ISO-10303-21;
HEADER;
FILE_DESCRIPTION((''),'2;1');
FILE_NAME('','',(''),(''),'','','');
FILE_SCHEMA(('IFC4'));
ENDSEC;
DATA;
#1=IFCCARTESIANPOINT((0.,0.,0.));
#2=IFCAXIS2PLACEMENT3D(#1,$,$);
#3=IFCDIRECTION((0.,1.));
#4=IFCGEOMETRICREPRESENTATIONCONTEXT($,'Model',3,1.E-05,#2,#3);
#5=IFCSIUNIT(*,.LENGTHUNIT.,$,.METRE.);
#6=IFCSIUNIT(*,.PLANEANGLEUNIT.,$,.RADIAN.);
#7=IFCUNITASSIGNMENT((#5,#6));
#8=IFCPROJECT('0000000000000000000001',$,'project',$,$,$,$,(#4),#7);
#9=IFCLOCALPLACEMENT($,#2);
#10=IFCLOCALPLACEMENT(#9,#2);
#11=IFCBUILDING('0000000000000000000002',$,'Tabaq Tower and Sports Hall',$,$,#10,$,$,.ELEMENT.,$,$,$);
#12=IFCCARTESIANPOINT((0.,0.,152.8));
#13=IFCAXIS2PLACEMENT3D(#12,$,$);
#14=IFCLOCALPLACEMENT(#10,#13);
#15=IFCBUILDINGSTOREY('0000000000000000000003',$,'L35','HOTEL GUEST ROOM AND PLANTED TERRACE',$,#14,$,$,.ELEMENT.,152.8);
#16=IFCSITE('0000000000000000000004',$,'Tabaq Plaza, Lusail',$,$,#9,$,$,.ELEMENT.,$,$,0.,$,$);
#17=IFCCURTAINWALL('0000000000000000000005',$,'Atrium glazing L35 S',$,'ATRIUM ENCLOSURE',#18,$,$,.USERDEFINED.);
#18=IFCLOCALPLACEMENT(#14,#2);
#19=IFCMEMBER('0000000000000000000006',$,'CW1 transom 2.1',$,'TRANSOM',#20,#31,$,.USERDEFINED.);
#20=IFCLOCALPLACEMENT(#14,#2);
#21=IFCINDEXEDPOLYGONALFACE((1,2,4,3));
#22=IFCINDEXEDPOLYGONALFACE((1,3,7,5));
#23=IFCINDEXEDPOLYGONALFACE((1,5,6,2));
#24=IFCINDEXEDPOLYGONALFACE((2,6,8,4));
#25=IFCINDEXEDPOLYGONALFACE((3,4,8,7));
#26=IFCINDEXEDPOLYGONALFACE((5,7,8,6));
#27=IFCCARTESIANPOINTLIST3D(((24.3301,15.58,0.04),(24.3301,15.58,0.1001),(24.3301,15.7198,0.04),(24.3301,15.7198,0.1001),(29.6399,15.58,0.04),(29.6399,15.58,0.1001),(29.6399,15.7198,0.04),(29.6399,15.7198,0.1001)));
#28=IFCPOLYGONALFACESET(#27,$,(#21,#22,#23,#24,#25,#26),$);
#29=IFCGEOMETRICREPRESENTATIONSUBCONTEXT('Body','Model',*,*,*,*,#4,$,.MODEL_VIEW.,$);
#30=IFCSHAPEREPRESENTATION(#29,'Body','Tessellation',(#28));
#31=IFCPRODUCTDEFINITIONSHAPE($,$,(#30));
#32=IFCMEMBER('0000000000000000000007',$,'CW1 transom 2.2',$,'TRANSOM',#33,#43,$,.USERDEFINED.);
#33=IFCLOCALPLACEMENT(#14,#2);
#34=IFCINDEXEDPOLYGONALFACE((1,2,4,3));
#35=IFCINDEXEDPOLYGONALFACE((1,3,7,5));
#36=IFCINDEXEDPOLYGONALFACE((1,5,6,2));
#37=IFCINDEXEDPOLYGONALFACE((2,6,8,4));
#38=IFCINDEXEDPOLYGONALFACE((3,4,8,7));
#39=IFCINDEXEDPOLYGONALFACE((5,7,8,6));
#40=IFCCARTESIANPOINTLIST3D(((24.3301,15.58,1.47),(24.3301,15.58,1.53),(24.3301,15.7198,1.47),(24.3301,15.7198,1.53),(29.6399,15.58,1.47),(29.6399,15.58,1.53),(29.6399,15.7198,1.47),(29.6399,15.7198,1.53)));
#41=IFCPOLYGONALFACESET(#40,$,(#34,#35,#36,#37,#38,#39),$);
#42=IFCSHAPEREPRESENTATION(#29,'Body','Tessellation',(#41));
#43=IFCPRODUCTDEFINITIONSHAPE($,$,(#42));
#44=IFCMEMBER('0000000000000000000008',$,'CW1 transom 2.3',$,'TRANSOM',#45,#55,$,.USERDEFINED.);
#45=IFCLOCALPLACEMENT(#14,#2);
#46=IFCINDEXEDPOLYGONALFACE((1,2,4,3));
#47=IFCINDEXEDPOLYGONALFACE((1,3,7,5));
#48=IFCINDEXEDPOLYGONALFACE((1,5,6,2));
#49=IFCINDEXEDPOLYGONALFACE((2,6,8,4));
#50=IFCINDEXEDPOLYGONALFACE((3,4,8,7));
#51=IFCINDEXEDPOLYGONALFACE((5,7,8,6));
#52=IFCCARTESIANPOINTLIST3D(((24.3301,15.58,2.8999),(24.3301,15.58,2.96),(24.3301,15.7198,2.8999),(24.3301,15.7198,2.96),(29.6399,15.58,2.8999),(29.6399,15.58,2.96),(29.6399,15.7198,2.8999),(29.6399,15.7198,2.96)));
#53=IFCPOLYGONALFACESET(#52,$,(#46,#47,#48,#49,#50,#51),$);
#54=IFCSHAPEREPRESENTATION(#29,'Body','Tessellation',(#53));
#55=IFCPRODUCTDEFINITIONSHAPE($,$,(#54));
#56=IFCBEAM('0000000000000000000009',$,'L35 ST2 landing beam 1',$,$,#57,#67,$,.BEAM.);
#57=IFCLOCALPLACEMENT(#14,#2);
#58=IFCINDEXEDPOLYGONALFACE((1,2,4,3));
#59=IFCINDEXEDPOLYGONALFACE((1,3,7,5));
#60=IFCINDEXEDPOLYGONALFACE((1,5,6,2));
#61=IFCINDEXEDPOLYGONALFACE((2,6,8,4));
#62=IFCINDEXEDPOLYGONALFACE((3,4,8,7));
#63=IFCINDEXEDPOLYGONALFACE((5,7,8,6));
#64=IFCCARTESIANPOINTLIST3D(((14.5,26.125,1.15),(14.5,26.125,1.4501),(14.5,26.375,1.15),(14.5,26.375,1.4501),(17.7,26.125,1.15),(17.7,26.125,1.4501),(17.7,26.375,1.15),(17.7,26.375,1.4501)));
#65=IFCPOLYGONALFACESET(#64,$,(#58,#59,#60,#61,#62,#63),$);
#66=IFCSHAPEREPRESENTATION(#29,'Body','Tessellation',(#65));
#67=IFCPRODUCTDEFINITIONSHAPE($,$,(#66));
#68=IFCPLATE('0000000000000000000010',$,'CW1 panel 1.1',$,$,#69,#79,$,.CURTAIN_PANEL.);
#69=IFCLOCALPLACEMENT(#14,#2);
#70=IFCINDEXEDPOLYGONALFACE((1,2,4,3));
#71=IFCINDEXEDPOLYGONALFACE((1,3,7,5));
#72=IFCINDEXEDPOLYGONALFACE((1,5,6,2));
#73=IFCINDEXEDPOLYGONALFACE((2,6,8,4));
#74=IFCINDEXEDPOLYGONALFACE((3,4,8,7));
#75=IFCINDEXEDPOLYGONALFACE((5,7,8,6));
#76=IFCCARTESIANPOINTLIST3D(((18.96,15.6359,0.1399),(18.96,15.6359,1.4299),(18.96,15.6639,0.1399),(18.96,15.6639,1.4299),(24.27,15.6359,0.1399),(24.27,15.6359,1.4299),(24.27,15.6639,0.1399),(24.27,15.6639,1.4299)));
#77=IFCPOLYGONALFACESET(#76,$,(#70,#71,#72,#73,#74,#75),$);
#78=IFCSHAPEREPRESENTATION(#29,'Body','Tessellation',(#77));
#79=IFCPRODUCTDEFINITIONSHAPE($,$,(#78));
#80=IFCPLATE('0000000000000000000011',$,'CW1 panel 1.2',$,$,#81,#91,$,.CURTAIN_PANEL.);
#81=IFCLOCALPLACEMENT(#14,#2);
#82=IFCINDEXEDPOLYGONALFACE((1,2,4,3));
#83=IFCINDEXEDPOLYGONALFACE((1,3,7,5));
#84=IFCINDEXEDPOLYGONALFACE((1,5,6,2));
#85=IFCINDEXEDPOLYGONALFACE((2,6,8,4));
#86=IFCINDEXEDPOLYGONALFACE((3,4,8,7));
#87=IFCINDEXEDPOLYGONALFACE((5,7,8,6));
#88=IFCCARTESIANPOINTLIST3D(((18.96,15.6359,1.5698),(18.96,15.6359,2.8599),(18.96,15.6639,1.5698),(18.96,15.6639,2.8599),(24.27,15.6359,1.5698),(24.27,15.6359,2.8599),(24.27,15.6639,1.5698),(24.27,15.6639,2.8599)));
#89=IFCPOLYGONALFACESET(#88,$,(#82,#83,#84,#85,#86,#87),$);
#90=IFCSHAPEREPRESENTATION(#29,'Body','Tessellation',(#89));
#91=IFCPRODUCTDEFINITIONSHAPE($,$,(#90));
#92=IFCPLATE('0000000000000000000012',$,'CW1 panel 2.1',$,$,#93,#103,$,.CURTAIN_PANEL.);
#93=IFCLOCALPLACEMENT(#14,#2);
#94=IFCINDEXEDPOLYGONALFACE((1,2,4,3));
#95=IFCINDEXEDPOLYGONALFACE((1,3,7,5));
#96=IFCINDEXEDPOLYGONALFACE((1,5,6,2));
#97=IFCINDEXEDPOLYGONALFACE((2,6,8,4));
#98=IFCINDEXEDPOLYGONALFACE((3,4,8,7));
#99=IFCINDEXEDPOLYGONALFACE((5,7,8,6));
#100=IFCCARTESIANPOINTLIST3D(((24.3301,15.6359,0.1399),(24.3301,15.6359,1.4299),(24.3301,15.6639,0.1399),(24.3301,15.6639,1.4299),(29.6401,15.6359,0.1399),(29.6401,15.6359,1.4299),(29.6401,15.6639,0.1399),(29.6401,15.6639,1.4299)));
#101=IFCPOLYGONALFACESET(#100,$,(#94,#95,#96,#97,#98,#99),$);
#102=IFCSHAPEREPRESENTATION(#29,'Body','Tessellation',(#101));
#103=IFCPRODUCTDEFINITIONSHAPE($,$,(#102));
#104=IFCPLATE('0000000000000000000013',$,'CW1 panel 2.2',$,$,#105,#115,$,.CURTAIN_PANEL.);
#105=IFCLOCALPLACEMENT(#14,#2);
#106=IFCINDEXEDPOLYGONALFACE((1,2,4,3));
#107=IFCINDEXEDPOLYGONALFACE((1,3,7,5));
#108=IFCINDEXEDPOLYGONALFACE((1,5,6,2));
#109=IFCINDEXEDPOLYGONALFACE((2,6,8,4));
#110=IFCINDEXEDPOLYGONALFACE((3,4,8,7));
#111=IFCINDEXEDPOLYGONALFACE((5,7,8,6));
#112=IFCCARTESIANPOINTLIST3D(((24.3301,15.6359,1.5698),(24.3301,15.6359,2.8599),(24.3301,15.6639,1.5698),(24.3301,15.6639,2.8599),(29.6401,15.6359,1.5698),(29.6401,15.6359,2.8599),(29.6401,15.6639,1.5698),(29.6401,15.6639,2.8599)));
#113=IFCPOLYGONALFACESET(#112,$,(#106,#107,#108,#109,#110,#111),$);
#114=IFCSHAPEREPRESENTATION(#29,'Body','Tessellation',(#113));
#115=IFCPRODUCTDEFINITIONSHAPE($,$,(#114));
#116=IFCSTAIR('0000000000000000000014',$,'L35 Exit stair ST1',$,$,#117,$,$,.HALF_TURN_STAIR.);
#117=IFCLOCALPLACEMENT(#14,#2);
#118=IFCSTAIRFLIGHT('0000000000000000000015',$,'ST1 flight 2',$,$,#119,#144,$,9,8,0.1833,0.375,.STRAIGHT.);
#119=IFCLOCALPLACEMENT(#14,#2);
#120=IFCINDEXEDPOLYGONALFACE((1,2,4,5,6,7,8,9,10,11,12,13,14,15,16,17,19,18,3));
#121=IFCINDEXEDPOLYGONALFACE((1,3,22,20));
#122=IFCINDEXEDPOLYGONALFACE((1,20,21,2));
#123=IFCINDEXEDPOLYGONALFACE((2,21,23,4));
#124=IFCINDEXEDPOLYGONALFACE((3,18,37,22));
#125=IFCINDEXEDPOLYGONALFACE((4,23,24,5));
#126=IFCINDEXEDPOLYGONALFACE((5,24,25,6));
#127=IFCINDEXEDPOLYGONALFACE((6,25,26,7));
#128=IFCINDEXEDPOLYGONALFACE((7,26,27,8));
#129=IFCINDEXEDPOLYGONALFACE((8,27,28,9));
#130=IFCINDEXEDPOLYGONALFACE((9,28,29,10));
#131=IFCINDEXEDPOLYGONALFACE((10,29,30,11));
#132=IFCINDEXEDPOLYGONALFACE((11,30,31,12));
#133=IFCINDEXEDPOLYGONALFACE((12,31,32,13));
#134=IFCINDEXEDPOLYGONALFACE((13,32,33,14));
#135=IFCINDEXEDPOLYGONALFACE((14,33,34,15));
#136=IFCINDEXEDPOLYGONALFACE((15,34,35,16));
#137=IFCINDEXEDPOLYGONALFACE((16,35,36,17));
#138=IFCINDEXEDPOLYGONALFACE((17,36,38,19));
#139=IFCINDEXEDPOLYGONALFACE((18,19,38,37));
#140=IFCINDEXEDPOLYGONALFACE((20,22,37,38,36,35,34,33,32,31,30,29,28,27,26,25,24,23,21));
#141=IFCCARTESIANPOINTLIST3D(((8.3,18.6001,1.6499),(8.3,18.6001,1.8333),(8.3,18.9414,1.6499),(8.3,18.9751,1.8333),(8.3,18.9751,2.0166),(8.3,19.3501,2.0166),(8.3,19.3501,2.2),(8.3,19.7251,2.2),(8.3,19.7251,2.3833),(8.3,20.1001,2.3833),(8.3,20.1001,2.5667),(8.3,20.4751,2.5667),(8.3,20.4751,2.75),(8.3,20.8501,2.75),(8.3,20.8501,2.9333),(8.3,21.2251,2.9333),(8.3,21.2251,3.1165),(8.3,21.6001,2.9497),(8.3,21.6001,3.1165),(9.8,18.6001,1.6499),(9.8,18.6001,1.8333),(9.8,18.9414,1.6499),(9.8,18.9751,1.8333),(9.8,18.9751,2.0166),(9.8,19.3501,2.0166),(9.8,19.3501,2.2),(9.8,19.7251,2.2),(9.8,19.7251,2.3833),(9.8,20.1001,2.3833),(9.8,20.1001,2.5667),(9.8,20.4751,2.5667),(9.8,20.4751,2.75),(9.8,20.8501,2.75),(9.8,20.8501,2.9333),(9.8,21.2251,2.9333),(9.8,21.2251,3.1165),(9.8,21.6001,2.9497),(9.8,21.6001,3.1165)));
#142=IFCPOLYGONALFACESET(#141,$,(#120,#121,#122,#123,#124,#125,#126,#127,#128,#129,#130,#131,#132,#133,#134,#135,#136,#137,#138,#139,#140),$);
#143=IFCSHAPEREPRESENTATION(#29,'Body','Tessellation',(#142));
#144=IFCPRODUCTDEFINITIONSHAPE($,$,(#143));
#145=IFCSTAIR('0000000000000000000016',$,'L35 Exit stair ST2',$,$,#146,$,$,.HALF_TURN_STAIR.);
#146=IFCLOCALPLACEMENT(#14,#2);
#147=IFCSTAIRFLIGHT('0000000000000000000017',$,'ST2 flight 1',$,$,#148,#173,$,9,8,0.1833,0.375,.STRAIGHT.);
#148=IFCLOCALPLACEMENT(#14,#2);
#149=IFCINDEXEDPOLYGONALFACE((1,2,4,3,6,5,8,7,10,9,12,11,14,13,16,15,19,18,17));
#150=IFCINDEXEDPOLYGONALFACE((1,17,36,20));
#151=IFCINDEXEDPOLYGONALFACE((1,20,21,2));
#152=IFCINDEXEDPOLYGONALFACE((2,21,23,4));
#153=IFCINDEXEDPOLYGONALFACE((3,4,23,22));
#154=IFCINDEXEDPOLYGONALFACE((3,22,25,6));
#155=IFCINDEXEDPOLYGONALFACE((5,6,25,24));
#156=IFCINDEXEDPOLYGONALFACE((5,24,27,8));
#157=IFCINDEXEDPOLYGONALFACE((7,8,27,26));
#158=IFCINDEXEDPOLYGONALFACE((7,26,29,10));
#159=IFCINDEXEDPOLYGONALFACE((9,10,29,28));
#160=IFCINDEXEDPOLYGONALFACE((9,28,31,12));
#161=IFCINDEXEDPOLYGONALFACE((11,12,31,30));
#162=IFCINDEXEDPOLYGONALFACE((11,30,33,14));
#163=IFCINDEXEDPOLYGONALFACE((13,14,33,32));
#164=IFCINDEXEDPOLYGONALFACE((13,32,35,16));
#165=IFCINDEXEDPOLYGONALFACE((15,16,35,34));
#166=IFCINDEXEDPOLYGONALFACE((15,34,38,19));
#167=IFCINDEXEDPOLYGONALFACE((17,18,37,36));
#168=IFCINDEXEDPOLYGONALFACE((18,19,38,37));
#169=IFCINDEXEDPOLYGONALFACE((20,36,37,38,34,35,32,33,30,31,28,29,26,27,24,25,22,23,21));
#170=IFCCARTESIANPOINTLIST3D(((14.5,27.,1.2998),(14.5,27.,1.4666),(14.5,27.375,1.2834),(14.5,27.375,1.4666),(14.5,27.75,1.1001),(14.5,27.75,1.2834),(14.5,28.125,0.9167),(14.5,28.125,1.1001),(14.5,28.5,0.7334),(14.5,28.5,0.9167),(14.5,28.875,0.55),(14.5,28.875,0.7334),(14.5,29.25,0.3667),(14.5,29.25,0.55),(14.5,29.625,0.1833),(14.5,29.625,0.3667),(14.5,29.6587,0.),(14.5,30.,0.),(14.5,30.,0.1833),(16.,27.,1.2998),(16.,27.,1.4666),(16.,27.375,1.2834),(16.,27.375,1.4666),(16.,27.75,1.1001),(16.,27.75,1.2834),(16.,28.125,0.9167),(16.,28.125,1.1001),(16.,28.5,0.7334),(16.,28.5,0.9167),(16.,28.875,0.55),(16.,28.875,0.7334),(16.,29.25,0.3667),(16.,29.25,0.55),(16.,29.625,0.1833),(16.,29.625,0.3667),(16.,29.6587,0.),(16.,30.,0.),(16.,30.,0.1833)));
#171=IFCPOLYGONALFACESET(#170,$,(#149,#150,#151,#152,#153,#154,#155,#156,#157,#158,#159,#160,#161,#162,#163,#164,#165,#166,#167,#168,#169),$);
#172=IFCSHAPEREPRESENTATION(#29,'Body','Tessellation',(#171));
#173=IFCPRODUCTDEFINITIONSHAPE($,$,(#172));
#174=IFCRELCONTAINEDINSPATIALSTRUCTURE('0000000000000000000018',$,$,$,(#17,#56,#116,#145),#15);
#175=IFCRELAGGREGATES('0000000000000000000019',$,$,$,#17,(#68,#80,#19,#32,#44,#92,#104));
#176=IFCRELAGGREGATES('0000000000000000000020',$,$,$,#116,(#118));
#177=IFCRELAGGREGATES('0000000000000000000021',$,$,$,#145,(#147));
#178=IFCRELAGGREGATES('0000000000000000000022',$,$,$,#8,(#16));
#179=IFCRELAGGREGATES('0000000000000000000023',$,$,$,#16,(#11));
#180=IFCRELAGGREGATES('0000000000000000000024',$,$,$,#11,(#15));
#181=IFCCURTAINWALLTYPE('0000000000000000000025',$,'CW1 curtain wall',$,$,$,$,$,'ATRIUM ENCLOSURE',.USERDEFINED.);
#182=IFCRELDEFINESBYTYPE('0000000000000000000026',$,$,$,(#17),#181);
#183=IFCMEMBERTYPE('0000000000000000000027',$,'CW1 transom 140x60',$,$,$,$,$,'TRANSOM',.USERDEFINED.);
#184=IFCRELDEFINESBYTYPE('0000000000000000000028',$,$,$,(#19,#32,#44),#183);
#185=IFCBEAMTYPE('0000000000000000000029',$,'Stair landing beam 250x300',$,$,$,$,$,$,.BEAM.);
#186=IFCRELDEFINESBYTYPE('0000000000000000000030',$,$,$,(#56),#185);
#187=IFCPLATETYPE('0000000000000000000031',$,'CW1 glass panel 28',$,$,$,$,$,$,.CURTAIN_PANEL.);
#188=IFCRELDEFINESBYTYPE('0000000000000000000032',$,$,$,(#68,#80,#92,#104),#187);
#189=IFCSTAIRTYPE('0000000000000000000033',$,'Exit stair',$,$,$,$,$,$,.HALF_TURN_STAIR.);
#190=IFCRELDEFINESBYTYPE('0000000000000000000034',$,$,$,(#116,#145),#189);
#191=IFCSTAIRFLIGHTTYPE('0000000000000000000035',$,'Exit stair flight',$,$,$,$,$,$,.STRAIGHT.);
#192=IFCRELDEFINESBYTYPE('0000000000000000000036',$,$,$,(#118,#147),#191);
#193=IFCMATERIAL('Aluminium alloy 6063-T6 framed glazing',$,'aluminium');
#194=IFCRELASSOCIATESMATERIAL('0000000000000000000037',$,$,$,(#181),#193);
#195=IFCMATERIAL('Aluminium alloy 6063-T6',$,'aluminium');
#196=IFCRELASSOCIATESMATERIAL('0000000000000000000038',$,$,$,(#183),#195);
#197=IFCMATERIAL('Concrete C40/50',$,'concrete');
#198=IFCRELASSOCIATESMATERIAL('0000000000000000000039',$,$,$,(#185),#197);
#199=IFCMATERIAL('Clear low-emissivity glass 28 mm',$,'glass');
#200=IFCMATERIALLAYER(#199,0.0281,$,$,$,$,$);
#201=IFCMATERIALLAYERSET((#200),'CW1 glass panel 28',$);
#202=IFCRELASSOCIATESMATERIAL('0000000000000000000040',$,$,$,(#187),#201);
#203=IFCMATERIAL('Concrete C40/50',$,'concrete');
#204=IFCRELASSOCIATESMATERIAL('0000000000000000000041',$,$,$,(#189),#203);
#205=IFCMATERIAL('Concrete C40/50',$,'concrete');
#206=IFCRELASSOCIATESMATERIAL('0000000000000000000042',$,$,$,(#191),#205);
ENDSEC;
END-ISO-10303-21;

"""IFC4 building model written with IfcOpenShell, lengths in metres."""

from ifc_helpers import new_model, si_unit, direction, frame, origin, origin_2d, place, context, subcontext, project, spatial, polyline, rectangle, outline, extrude, material, layer, layer_set, material_profile, profile_set, type_object, element, aggregate, save


model = new_model("IFC4")

# Units and contexts
model_context = context("Model", 3, precision=1e-05, world=origin(), true_north=direction((0.0, 1.0)))
body_context = subcontext(model_context, "Body", "Model", "MODEL_VIEW")
ifc_project = project(units=[si_unit("LENGTHUNIT", "METRE"), si_unit("PLANEANGLEUNIT", "RADIAN")], contexts=[model_context])

# Site, building, storey
site_placement = place(None, origin())
site = spatial("IfcSite", under=ifc_project, at=site_placement, Name="Tabaq Plaza, Lusail", CompositionType="ELEMENT", RefElevation=0.0)
building_placement = place(site_placement, origin())
building = spatial("IfcBuilding", under=site, at=building_placement, Name="Tabaq Tower and Sports Hall", CompositionType="ELEMENT")
storey_placement = place(building_placement, frame((0.0, 0.0, 152.8)))
storey = spatial("IfcBuildingStorey", under=building, at=storey_placement, Name="L35", Description="HOTEL GUEST ROOM AND PLANTED TERRACE", CompositionType="ELEMENT", Elevation=152.8)

# Curtain wall, members
ifc_material_1 = material(Name="Aluminium alloy 6063-T6 framed glazing", Category="aluminium")
curtain_wall_type = type_object("IfcCurtainWallType", Name="CW1 curtain wall", ElementType="ATRIUM ENCLOSURE", PredefinedType="USERDEFINED", material=ifc_material_1)
curtain_wall_placement = place(storey_placement, origin())
curtain_wall = element("IfcCurtainWall", 1, at=curtain_wall_placement, inside=storey, type_object=curtain_wall_type, Name="Atrium glazing L35 S", ObjectType="ATRIUM ENCLOSURE", PredefinedType="USERDEFINED")
ifc_material_2 = material(Name="Aluminium alloy 6063-T6", Category="aluminium")
ifc_material_profile_1 = material_profile(ifc_material_2, rectangle(XDim=0.1399, YDim=0.0601, at=origin_2d()), Name="TRANSOM 140x60")
ifc_profile_set_1 = profile_set([ifc_material_profile_1], Name="Aluminium alloy 6063-T6")
member_type = type_object("IfcMemberType", Name="CW1 transom 140x60", ElementType="TRANSOM", PredefinedType="USERDEFINED", material=ifc_profile_set_1)
member_1_placement = place(storey_placement, frame((24.3301, 15.6499, 0.0701), z_axis=(1.0, 0.0, 0.0), x_axis=(0.0, 1.0, 0.0)))
member_1 = element("IfcMember", 2, at=member_1_placement, type_object=member_type, Name="CW1 transom 2.1", ObjectType="TRANSOM", PredefinedType="USERDEFINED", context=body_context, shape_type="SweptSolid", body=[
    extrude(rectangle(XDim=0.1399, YDim=0.0601, at=origin_2d()), origin(), (0.0, 0.0, 1.0), 5.3098),
])
member_2_placement = place(storey_placement, frame((24.3301, 15.6499, 1.5), z_axis=(1.0, 0.0, 0.0), x_axis=(0.0, 1.0, 0.0)))
member_2 = element("IfcMember", 3, at=member_2_placement, type_object=member_type, Name="CW1 transom 2.2", ObjectType="TRANSOM", PredefinedType="USERDEFINED", context=body_context, shape_type="SweptSolid", body=[
    extrude(rectangle(XDim=0.1399, YDim=0.0601, at=origin_2d()), origin(), (0.0, 0.0, 1.0), 5.3098),
])
member_3_placement = place(storey_placement, frame((24.3301, 15.6499, 2.9299), z_axis=(1.0, 0.0, 0.0), x_axis=(0.0, 1.0, 0.0)))
member_3 = element("IfcMember", 4, at=member_3_placement, type_object=member_type, Name="CW1 transom 2.3", ObjectType="TRANSOM", PredefinedType="USERDEFINED", context=body_context, shape_type="SweptSolid", body=[
    extrude(rectangle(XDim=0.1399, YDim=0.0601, at=origin_2d()), origin(), (0.0, 0.0, 1.0), 5.3098),
])

# Beam
ifc_material_3 = material(Name="Concrete C40/50", Category="concrete")
ifc_material_profile_2 = material_profile(ifc_material_3, rectangle(XDim=0.25, YDim=0.3, at=origin_2d()), Name="RC 250x300")
ifc_profile_set_2 = profile_set([ifc_material_profile_2], Name="Concrete C40/50")
beam_type = type_object("IfcBeamType", Name="Stair landing beam 250x300", PredefinedType="BEAM", material=ifc_profile_set_2)
beam_placement = place(storey_placement, frame((14.5, 26.25, 1.3), z_axis=(1.0, 0.0, 0.0), x_axis=(0.0, 1.0, 0.0)))
element("IfcBeam", 5, at=beam_placement, inside=storey, type_object=beam_type, Name="L35 ST2 landing beam 1", PredefinedType="BEAM", context=body_context, shape_type="SweptSolid", body=[
    extrude(rectangle(XDim=0.25, YDim=0.3, at=origin_2d()), origin(), (0.0, 0.0, 1.0), 3.2),
])

# Plates
ifc_material_4 = material(Name="Clear low-emissivity glass 28 mm", Category="glass")
ifc_layer_1 = layer(ifc_material_4, 0.0281)
ifc_layer_set_1 = layer_set([ifc_layer_1], Name="CW1 glass panel 28")
plate_type_1 = type_object("IfcPlateType", Name="CW1 glass panel 28", PredefinedType="CURTAIN_PANEL", material=ifc_layer_set_1)
plate_1_placement = place(storey_placement, frame((21.615, 15.6499, 0.1399), z_axis=(0.0, 0.0, 1.0), x_axis=(1.0, 0.0, 0.0)))
plate_1 = element("IfcPlate", 6, at=plate_1_placement, type_object=plate_type_1, Name="CW1 panel 1.1", PredefinedType="CURTAIN_PANEL", context=body_context, shape_type="SweptSolid", body=[
    extrude(rectangle(XDim=5.3101, YDim=0.0281, at=origin_2d()), origin(), (0.0, 0.0, 1.0), 1.29),
])
plate_2_placement = place(storey_placement, frame((21.615, 15.6499, 1.5698), z_axis=(0.0, 0.0, 1.0), x_axis=(1.0, 0.0, 0.0)))
plate_2 = element("IfcPlate", 7, at=plate_2_placement, type_object=plate_type_1, Name="CW1 panel 1.2", PredefinedType="CURTAIN_PANEL", context=body_context, shape_type="SweptSolid", body=[
    extrude(rectangle(XDim=5.3101, YDim=0.0281, at=origin_2d()), origin(), (0.0, 0.0, 1.0), 1.29),
])
plate_3_placement = place(storey_placement, frame((26.9851, 15.6499, 0.1399), z_axis=(0.0, 0.0, 1.0), x_axis=(1.0, 0.0, 0.0)))
plate_3 = element("IfcPlate", 8, at=plate_3_placement, type_object=plate_type_1, Name="CW1 panel 2.1", PredefinedType="CURTAIN_PANEL", context=body_context, shape_type="SweptSolid", body=[
    extrude(rectangle(XDim=5.3101, YDim=0.0281, at=origin_2d()), origin(), (0.0, 0.0, 1.0), 1.29),
])
plate_4_placement = place(storey_placement, frame((26.9851, 15.6499, 1.5698), z_axis=(0.0, 0.0, 1.0), x_axis=(1.0, 0.0, 0.0)))
plate_4 = element("IfcPlate", 9, at=plate_4_placement, type_object=plate_type_1, Name="CW1 panel 2.2", PredefinedType="CURTAIN_PANEL", context=body_context, shape_type="SweptSolid", body=[
    extrude(rectangle(XDim=5.3101, YDim=0.0281, at=origin_2d()), origin(), (0.0, 0.0, 1.0), 1.29),
])
aggregate(curtain_wall, [plate_1, plate_2, member_1, member_2, member_3, plate_3, plate_4])

# Stair, stair flight
ifc_material_5 = material(Name="Concrete C40/50", Category="concrete")
stair_type = type_object("IfcStairType", Name="Exit stair", PredefinedType="HALF_TURN_STAIR", material=ifc_material_5)
stair_1_placement = place(storey_placement, origin())
stair_1 = element("IfcStair", 10, at=stair_1_placement, inside=storey, type_object=stair_type, Name="L35 Exit stair ST1", PredefinedType="HALF_TURN_STAIR")
ifc_material_6 = material(Name="Concrete C40/50", Category="concrete")
stair_flight_type = type_object("IfcStairFlightType", Name="Exit stair flight", PredefinedType="STRAIGHT", material=ifc_material_6)
stair_flight_1_placement = place(storey_placement, frame((9.05, 18.6001, 1.6499), z_axis=(0.0, 0.0, 1.0), x_axis=(0.0, 1.0, 0.0)))
stair_flight_1 = element("IfcStairFlight", 11, at=stair_flight_1_placement, type_object=stair_flight_type, Name="ST1 flight 2", NumberOfRisers=9, NumberOfTreads=8, PredefinedType="STRAIGHT", RiserHeight=0.1833, TreadLength=0.375, context=body_context, shape_type="SweptSolid", body=[
    extrude(outline(polyline([(0.0, 0.0), (0.0, 0.1833), (0.375, 0.1833), (0.375, 0.3667), (0.75, 0.3667), (0.75, 0.55), (1.125, 0.55), (1.125, 0.7334), (1.5, 0.7334), (1.5, 0.9167), (1.875, 0.9167), (1.875, 1.1001), (2.25, 1.1001), (2.25, 1.2834), (2.625, 1.2834), (2.625, 1.4666), (3.0, 1.4666), (3.0, 1.6499), (3.0, 1.2998), (0.3413, 0.0), (0.0, 0.0)])), frame((0.0, 0.75, 0.0), z_axis=(0.0, -1.0, 0.0), x_axis=(1.0, 0.0, 0.0)), (0.0, 0.0, 1.0), 1.5),
])
aggregate(stair_1, [stair_flight_1])

# Stair, stair flight
stair_2_placement = place(storey_placement, origin())
stair_2 = element("IfcStair", 12, at=stair_2_placement, inside=storey, type_object=stair_type, Name="L35 Exit stair ST2", PredefinedType="HALF_TURN_STAIR")
stair_flight_2_placement = place(storey_placement, frame((15.25, 30.0, 0.0), z_axis=(0.0, 0.0, 1.0), x_axis=(0.0, -1.0, 0.0)))
stair_flight_2 = element("IfcStairFlight", 13, at=stair_flight_2_placement, type_object=stair_flight_type, Name="ST2 flight 1", NumberOfRisers=9, NumberOfTreads=8, PredefinedType="STRAIGHT", RiserHeight=0.1833, TreadLength=0.375, context=body_context, shape_type="SweptSolid", body=[
    extrude(outline(polyline([(0.0, 0.0), (0.0, 0.1833), (0.375, 0.1833), (0.375, 0.3667), (0.75, 0.3667), (0.75, 0.55), (1.125, 0.55), (1.125, 0.7334), (1.5, 0.7334), (1.5, 0.9167), (1.875, 0.9167), (1.875, 1.1001), (2.25, 1.1001), (2.25, 1.2834), (2.625, 1.2834), (2.625, 1.4666), (3.0, 1.4666), (3.0, 1.6499), (3.0, 1.2998), (0.3413, 0.0), (0.0, 0.0)])), frame((0.0, 0.75, 0.0), z_axis=(0.0, -1.0, 0.0), x_axis=(1.0, 0.0, 0.0)), (0.0, 0.0, 1.0), 1.5),
])
aggregate(stair_2, [stair_flight_2])

save(model, "model.ifc")
